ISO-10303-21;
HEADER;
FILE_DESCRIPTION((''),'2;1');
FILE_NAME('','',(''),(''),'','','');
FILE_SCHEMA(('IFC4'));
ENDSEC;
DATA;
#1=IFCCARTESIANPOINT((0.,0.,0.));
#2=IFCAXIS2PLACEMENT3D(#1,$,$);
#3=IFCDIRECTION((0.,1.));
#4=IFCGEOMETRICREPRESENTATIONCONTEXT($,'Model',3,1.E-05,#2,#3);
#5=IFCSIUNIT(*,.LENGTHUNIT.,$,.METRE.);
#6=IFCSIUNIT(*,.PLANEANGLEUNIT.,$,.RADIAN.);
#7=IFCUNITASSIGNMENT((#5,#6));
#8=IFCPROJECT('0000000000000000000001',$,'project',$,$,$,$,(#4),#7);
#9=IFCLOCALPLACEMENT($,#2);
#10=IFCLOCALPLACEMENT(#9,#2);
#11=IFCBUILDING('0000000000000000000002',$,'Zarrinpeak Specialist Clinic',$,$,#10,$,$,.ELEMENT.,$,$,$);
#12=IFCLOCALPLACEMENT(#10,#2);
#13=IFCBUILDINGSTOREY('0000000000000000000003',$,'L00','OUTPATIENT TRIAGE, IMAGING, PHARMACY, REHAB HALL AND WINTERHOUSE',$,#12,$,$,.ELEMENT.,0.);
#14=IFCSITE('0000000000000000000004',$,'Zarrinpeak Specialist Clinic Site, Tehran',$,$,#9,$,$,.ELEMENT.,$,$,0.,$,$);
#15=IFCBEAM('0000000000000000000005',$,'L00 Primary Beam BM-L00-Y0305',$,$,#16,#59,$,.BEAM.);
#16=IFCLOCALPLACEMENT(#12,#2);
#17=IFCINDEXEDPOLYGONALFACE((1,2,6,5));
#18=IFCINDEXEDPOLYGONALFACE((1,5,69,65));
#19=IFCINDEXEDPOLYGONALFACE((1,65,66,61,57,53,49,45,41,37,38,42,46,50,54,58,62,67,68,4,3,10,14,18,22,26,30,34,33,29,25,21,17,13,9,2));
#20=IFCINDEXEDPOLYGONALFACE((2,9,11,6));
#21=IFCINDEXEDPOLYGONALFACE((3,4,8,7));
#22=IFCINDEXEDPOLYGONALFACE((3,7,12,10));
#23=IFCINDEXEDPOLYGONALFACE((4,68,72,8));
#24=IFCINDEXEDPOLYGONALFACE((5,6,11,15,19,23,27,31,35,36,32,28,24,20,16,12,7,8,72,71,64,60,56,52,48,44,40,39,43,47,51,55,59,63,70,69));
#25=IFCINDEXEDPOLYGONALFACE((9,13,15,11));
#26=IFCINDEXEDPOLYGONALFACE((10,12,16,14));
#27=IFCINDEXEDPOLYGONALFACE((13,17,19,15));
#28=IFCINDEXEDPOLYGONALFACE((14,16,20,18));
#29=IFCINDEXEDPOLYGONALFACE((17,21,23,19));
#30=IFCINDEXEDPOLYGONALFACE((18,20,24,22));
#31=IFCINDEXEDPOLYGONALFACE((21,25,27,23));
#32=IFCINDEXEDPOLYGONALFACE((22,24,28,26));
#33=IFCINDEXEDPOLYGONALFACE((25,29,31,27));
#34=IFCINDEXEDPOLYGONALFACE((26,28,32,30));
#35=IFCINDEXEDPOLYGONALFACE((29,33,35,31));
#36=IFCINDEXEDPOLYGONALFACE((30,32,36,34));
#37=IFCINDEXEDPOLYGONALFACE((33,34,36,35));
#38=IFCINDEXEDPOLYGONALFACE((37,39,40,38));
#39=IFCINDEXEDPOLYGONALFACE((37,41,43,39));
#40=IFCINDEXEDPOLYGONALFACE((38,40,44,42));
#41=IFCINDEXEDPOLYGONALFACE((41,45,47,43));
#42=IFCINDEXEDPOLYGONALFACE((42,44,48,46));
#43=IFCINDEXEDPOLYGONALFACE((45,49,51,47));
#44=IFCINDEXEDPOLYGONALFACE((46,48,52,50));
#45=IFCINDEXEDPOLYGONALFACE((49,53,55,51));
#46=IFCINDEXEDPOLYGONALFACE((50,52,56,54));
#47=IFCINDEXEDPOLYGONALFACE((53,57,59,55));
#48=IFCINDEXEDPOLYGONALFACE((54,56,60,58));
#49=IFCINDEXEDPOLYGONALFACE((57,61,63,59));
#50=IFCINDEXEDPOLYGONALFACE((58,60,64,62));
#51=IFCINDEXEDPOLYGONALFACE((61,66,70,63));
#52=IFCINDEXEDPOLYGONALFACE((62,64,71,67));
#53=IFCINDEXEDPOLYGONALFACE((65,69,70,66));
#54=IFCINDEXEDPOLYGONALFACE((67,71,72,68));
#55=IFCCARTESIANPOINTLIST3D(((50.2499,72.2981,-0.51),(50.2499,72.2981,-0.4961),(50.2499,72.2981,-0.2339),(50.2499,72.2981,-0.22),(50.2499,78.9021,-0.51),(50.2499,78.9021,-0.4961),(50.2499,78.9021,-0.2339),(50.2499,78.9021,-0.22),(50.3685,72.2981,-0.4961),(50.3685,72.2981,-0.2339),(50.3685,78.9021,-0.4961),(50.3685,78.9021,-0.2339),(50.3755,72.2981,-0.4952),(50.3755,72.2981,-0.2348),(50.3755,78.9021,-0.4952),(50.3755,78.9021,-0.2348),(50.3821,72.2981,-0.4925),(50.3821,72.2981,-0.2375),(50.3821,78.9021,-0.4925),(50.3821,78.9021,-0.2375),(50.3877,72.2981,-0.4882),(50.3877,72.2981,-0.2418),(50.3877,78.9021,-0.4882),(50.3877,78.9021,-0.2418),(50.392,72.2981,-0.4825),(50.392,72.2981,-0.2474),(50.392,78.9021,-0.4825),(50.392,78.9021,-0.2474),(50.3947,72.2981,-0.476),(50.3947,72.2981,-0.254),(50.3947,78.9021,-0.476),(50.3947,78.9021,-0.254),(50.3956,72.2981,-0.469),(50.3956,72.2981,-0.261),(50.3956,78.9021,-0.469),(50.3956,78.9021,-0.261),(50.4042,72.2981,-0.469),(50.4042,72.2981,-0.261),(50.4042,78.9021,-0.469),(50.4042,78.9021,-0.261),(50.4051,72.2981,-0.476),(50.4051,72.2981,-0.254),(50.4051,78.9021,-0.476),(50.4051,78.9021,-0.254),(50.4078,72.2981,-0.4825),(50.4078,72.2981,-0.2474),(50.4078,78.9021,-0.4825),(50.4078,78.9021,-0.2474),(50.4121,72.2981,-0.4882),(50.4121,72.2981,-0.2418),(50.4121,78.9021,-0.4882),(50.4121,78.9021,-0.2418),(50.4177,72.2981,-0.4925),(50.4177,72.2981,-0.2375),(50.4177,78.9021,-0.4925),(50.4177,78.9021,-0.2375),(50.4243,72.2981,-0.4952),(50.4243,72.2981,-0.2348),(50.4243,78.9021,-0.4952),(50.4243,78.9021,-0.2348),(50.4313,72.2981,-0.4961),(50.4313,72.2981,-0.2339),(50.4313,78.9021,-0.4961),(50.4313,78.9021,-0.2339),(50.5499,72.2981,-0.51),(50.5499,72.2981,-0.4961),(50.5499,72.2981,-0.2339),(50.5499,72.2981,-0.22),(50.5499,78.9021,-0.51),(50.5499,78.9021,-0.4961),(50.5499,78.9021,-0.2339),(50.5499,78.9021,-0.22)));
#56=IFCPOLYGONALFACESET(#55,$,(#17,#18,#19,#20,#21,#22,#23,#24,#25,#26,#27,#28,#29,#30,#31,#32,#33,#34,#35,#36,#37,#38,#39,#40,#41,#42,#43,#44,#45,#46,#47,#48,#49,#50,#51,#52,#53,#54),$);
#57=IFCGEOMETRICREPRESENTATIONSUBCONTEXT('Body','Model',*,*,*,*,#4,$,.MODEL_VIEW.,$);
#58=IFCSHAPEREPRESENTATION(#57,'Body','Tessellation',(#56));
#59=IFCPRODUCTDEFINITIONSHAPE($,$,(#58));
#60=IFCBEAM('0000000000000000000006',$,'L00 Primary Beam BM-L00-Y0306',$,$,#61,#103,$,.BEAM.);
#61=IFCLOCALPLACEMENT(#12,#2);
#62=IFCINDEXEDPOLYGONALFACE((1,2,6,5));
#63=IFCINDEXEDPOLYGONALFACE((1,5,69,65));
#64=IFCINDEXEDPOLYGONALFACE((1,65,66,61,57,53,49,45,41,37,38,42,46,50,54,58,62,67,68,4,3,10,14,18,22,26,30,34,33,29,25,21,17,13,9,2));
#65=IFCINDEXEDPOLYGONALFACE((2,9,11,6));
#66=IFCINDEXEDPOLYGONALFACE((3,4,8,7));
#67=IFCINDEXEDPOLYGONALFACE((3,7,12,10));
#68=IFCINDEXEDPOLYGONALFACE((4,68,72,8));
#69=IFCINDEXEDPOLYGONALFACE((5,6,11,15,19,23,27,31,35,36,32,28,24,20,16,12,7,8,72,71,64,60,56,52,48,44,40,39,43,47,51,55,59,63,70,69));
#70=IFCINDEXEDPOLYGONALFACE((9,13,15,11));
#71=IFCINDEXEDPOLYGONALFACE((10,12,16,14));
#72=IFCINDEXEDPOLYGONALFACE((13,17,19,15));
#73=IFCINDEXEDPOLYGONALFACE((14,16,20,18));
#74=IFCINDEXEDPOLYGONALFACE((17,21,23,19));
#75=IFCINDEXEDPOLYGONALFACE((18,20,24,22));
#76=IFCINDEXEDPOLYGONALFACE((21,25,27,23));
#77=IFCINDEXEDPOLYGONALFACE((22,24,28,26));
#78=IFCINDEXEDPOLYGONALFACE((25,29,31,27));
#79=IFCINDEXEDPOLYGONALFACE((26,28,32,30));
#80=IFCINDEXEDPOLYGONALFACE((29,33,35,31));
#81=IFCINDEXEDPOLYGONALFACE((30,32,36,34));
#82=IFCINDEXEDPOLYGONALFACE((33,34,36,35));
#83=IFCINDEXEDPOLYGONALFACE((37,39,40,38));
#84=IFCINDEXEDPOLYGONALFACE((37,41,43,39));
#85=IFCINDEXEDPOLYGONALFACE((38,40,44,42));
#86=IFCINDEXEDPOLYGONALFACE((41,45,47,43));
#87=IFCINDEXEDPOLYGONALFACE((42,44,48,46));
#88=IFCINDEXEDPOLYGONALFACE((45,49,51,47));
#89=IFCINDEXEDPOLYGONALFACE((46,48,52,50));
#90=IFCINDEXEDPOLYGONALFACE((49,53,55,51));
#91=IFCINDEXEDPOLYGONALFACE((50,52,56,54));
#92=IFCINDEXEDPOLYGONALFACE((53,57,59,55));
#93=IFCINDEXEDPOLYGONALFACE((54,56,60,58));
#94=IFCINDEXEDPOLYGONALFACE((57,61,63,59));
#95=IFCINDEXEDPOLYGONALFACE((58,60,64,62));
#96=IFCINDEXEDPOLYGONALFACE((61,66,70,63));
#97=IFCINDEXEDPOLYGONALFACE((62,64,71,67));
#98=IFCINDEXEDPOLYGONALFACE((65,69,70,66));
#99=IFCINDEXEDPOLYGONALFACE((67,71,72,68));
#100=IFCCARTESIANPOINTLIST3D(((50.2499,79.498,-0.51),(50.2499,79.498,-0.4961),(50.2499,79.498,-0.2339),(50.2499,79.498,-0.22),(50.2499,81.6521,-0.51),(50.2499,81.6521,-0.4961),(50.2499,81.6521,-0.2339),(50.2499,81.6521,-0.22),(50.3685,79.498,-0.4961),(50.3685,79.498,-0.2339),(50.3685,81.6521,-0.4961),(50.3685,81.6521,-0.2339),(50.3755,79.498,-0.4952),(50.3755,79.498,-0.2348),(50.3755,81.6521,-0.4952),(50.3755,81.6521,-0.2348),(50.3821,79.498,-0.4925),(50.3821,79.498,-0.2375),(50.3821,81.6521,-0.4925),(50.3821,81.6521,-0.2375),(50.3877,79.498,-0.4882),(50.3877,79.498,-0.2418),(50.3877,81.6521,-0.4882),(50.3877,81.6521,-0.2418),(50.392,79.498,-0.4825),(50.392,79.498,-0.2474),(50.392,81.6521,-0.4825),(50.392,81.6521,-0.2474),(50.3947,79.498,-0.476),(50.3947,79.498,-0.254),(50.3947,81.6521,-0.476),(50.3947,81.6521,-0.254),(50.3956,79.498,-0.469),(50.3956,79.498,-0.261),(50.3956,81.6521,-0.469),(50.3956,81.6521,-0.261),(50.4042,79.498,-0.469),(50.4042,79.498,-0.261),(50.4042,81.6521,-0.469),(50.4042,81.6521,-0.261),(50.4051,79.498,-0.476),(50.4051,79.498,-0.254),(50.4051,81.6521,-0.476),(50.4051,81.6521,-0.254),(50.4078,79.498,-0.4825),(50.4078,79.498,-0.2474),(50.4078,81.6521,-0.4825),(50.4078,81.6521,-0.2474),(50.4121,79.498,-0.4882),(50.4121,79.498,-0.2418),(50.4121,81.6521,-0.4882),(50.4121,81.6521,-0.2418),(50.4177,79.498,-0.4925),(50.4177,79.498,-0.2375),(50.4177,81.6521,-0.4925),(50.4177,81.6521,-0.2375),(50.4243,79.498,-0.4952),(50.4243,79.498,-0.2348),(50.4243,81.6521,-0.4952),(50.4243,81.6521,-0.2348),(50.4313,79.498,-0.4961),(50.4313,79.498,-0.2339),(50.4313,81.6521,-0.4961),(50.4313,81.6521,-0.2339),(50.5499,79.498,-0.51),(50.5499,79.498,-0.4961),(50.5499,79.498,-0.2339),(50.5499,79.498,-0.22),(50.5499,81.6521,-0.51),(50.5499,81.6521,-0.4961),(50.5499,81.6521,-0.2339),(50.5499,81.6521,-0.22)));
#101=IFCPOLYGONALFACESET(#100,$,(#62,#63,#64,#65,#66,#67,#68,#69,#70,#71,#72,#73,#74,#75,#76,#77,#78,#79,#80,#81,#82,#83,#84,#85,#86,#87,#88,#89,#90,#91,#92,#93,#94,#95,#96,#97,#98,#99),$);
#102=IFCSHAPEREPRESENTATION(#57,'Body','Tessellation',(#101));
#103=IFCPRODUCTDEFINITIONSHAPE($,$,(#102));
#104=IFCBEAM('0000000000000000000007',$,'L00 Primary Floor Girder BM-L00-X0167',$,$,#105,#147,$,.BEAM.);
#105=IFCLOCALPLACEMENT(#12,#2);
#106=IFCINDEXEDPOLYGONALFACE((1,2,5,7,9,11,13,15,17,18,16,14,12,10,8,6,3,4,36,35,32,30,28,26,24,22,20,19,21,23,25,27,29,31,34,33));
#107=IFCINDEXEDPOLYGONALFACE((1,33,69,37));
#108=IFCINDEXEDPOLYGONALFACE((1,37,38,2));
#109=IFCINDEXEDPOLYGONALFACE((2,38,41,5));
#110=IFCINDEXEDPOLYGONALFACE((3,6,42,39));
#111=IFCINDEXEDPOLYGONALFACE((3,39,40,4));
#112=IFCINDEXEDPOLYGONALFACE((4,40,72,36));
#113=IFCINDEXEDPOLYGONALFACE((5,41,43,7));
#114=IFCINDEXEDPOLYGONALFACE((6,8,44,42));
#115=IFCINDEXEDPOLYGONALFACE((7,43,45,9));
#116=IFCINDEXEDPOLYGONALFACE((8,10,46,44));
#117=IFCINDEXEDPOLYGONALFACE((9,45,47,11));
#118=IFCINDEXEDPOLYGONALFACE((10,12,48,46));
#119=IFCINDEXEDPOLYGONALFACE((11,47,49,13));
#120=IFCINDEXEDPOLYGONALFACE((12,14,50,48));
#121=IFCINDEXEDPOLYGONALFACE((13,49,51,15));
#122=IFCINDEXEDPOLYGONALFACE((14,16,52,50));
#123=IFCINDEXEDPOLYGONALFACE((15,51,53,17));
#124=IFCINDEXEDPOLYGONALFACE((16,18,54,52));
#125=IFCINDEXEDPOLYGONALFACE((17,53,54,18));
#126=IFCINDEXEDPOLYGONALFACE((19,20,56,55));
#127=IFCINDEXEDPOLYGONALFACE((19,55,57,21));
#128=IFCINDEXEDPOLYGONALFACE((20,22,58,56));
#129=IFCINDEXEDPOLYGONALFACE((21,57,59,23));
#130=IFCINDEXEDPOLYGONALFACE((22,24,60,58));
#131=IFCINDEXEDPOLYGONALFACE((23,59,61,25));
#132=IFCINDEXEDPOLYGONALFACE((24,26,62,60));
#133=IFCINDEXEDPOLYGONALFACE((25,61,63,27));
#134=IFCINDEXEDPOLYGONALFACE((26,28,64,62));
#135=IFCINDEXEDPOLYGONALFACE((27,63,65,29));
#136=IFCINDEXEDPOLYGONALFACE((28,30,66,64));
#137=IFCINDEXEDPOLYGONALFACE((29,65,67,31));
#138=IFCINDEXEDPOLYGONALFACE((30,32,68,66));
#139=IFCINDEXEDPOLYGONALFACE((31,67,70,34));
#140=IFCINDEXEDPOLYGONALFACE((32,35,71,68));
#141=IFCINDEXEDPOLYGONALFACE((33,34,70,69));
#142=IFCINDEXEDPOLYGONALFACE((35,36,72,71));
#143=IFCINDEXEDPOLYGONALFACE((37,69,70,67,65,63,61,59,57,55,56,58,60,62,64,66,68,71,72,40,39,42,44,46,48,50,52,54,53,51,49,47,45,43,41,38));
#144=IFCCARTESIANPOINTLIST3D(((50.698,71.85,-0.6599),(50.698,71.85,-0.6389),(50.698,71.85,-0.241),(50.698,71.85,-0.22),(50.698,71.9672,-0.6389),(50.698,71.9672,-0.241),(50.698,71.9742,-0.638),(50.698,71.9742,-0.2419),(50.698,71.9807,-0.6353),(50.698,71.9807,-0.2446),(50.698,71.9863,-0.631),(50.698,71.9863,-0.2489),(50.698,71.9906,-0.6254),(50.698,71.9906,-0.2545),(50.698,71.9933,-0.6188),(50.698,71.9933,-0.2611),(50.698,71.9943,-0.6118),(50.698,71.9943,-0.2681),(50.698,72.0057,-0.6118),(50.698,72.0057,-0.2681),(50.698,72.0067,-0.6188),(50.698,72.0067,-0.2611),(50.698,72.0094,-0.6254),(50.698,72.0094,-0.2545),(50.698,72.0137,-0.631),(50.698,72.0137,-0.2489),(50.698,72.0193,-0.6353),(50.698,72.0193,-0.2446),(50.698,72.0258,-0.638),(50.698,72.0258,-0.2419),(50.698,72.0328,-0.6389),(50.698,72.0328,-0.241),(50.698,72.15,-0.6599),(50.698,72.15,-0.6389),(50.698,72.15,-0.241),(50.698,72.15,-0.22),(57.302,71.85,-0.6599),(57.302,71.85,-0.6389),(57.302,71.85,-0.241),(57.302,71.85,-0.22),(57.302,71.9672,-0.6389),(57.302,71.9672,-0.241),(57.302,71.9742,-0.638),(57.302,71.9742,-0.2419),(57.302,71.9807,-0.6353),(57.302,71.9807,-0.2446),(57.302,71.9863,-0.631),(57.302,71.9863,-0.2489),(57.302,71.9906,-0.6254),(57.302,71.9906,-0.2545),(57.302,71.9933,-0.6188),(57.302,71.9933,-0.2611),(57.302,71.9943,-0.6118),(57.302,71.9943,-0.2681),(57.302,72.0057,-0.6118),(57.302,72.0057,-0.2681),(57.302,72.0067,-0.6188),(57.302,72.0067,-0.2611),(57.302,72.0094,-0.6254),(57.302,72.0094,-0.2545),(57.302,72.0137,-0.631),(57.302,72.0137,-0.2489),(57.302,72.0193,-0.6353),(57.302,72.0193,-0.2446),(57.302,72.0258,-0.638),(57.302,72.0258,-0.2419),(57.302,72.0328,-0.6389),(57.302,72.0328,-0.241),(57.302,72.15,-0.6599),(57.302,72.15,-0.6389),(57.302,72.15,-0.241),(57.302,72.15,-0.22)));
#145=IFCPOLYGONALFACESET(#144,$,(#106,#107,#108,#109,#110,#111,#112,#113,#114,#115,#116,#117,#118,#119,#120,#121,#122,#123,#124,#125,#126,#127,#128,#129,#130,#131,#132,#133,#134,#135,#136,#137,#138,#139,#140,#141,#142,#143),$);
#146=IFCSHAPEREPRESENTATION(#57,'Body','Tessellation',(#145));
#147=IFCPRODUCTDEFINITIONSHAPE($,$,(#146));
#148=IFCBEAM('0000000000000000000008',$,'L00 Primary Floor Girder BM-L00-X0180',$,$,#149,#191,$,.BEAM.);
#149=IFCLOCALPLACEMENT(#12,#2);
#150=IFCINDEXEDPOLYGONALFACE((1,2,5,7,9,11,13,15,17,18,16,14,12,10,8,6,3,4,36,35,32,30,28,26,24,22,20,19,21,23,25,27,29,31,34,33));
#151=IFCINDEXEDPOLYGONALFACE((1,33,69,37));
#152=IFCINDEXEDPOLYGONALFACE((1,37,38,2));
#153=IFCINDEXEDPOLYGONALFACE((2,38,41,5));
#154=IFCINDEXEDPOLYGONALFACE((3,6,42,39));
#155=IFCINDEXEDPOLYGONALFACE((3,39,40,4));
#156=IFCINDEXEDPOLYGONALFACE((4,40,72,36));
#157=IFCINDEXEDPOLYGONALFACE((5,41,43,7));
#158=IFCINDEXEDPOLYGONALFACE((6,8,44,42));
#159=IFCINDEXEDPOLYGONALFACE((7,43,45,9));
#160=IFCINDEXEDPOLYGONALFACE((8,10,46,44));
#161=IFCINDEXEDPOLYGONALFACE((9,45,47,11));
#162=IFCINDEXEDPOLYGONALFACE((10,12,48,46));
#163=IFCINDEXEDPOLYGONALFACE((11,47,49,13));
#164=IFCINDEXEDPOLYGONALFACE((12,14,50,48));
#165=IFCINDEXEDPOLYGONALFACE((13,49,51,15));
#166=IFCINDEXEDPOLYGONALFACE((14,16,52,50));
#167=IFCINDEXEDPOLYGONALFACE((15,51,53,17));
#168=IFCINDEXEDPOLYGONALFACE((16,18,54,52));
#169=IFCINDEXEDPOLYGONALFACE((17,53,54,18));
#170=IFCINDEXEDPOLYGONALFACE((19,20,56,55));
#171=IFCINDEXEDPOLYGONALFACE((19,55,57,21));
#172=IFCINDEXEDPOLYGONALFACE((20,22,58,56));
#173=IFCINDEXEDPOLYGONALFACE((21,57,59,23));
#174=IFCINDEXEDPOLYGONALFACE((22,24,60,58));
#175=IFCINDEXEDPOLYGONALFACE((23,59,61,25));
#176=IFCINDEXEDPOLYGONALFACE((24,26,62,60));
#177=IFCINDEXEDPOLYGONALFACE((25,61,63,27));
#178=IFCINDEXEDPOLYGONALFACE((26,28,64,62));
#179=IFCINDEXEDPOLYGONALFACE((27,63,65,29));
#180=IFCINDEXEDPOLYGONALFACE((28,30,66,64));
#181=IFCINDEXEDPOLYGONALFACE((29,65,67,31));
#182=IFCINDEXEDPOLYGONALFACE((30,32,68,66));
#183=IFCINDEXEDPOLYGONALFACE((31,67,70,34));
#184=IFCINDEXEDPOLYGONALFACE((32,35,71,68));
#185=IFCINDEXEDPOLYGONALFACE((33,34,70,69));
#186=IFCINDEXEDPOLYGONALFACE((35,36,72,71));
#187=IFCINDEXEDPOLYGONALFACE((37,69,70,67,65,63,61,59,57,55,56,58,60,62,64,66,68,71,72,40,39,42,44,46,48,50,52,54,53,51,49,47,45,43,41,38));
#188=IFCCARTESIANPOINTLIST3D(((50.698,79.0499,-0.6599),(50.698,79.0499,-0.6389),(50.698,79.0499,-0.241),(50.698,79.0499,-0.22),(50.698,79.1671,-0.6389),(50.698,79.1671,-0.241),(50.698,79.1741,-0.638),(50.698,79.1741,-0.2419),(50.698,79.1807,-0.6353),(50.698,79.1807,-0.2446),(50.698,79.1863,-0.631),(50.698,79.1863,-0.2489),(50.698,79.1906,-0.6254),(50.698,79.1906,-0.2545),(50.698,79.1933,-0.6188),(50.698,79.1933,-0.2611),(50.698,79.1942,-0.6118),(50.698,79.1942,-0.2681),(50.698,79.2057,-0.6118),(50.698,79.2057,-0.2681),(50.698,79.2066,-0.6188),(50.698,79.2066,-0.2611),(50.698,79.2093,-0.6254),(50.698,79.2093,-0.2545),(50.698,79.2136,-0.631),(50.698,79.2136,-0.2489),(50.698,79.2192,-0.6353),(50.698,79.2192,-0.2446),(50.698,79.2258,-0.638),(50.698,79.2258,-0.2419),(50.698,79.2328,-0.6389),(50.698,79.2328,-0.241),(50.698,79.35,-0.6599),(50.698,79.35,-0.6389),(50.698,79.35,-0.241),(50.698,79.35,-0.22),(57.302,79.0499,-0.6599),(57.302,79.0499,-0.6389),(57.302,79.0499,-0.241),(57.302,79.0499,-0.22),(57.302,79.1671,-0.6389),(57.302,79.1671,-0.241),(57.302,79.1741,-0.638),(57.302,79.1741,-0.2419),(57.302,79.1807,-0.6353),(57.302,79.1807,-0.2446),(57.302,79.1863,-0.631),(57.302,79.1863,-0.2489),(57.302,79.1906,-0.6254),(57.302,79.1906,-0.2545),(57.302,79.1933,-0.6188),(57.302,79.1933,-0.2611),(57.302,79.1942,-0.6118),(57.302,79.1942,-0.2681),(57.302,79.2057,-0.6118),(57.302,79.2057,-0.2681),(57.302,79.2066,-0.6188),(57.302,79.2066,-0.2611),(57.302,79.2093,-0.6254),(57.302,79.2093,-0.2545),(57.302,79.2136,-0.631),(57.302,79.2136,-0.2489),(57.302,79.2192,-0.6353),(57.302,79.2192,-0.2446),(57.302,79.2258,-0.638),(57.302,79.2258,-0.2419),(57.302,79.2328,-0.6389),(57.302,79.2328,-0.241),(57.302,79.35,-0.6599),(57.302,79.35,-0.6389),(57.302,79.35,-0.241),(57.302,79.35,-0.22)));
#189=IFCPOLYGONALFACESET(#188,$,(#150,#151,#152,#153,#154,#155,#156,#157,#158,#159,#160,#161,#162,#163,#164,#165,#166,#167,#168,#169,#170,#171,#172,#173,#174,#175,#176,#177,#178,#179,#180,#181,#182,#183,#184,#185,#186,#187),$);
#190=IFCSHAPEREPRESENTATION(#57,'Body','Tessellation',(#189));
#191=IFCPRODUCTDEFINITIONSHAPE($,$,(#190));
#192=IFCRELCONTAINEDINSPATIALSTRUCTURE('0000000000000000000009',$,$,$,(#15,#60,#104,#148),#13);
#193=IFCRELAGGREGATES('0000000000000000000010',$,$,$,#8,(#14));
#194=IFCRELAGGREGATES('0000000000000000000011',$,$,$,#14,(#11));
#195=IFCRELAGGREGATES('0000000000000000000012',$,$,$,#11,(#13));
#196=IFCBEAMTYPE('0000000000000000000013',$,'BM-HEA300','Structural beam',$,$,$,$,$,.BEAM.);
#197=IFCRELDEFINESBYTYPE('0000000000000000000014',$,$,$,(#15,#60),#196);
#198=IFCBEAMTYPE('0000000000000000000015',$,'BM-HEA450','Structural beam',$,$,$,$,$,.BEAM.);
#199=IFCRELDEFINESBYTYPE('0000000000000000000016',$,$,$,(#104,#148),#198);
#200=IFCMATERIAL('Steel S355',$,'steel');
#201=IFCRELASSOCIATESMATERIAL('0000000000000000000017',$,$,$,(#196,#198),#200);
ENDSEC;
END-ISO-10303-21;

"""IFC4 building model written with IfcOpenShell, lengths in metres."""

from ifc_helpers import new_model, si_unit, direction, frame, origin, origin_2d, place, context, subcontext, project, spatial, i_section, extrude, material, material_profile, profile_set, type_object, element, save


model = new_model("IFC4")

# Units and contexts
model_context = context("Model", 3, precision=1e-05, world=origin(), true_north=direction((0.0, 1.0)))
body_context = subcontext(model_context, "Body", "Model", "MODEL_VIEW")
ifc_project = project(units=[si_unit("LENGTHUNIT", "METRE"), si_unit("PLANEANGLEUNIT", "RADIAN")], contexts=[model_context])

# Site, building, storey
site_placement = place(None, origin())
site = spatial("IfcSite", under=ifc_project, at=site_placement, Name="Zarrinpeak Specialist Clinic Site, Tehran", CompositionType="ELEMENT", RefElevation=0.0)
building_placement = place(site_placement, origin())
building = spatial("IfcBuilding", under=site, at=building_placement, Name="Zarrinpeak Specialist Clinic", CompositionType="ELEMENT")
storey_placement = place(building_placement, origin())
storey = spatial("IfcBuildingStorey", under=building, at=storey_placement, Name="L00", Description="OUTPATIENT TRIAGE, IMAGING, PHARMACY, REHAB HALL AND WINTERHOUSE", CompositionType="ELEMENT", Elevation=0.0)

# Beams
ifc_material_1 = material(Name="Steel S355", Category="steel")
ifc_material_profile_1 = material_profile(ifc_material_1, i_section(OverallWidth=0.3, OverallDepth=0.29, WebThickness=0.0085, FlangeThickness=0.0139, FilletRadius=0.0271, at=origin_2d()), Name="HEA 300")
ifc_profile_set_1 = profile_set([ifc_material_profile_1], Name="Steel S355")
beam_type_1 = type_object("IfcBeamType", Name="BM-HEA300", Description="Structural beam", PredefinedType="BEAM", material=ifc_profile_set_1)
beam_1_placement = place(storey_placement, frame((50.3999, 72.2981, -0.365), z_axis=(0.0, 1.0, 0.0), x_axis=(-1.0, 0.0, 0.0)))
element("IfcBeam", 1, at=beam_1_placement, inside=storey, type_object=beam_type_1, Name="L00 Primary Beam BM-L00-Y0305", PredefinedType="BEAM", context=body_context, shape_type="SweptSolid", body=[
    extrude(i_section(OverallWidth=0.3, OverallDepth=0.29, WebThickness=0.0085, FlangeThickness=0.0139, FilletRadius=0.0271, at=origin_2d()), origin(), (0.0, 0.0, 1.0), 6.604),
])
beam_2_placement = place(storey_placement, frame((50.3999, 79.498, -0.365), z_axis=(0.0, 1.0, 0.0), x_axis=(-1.0, 0.0, 0.0)))
element("IfcBeam", 2, at=beam_2_placement, inside=storey, type_object=beam_type_1, Name="L00 Primary Beam BM-L00-Y0306", PredefinedType="BEAM", context=body_context, shape_type="SweptSolid", body=[
    extrude(i_section(OverallWidth=0.3, OverallDepth=0.29, WebThickness=0.0085, FlangeThickness=0.0139, FilletRadius=0.0271, at=origin_2d()), origin(), (0.0, 0.0, 1.0), 2.1541),
])
ifc_material_profile_2 = material_profile(ifc_material_1, i_section(OverallWidth=0.3, OverallDepth=0.4399, WebThickness=0.0115, FlangeThickness=0.021, FilletRadius=0.0271, at=origin_2d()), Name="HEA 450")
ifc_profile_set_2 = profile_set([ifc_material_profile_2], Name="Steel S355")
beam_type_2 = type_object("IfcBeamType", Name="BM-HEA450", Description="Structural beam", PredefinedType="BEAM", material=ifc_profile_set_2)
for number, where, z_axis, x_axis, name in (
    (3, (50.698, 72.0, -0.4399), (1.0, 0.0, 0.0), (0.0, 1.0, 0.0), "L00 Primary Floor Girder BM-L00-X0167"),
    (4, (50.698, 79.2, -0.4399), (1.0, 0.0, 0.0), (0.0, 1.0, 0.0), "L00 Primary Floor Girder BM-L00-X0180"),
):
    element("IfcBeam", number, at=place(storey_placement, frame(where, z_axis=z_axis, x_axis=x_axis)), inside=storey, type_object=beam_type_2, Name=name, PredefinedType="BEAM", context=body_context, shape_type="SweptSolid", body=[
        extrude(i_section(OverallWidth=0.3, OverallDepth=0.4399, WebThickness=0.0115, FlangeThickness=0.021, FilletRadius=0.0271, at=origin_2d()), origin(), (0.0, 0.0, 1.0), 6.604),
    ])

save(model, "model.ifc")
